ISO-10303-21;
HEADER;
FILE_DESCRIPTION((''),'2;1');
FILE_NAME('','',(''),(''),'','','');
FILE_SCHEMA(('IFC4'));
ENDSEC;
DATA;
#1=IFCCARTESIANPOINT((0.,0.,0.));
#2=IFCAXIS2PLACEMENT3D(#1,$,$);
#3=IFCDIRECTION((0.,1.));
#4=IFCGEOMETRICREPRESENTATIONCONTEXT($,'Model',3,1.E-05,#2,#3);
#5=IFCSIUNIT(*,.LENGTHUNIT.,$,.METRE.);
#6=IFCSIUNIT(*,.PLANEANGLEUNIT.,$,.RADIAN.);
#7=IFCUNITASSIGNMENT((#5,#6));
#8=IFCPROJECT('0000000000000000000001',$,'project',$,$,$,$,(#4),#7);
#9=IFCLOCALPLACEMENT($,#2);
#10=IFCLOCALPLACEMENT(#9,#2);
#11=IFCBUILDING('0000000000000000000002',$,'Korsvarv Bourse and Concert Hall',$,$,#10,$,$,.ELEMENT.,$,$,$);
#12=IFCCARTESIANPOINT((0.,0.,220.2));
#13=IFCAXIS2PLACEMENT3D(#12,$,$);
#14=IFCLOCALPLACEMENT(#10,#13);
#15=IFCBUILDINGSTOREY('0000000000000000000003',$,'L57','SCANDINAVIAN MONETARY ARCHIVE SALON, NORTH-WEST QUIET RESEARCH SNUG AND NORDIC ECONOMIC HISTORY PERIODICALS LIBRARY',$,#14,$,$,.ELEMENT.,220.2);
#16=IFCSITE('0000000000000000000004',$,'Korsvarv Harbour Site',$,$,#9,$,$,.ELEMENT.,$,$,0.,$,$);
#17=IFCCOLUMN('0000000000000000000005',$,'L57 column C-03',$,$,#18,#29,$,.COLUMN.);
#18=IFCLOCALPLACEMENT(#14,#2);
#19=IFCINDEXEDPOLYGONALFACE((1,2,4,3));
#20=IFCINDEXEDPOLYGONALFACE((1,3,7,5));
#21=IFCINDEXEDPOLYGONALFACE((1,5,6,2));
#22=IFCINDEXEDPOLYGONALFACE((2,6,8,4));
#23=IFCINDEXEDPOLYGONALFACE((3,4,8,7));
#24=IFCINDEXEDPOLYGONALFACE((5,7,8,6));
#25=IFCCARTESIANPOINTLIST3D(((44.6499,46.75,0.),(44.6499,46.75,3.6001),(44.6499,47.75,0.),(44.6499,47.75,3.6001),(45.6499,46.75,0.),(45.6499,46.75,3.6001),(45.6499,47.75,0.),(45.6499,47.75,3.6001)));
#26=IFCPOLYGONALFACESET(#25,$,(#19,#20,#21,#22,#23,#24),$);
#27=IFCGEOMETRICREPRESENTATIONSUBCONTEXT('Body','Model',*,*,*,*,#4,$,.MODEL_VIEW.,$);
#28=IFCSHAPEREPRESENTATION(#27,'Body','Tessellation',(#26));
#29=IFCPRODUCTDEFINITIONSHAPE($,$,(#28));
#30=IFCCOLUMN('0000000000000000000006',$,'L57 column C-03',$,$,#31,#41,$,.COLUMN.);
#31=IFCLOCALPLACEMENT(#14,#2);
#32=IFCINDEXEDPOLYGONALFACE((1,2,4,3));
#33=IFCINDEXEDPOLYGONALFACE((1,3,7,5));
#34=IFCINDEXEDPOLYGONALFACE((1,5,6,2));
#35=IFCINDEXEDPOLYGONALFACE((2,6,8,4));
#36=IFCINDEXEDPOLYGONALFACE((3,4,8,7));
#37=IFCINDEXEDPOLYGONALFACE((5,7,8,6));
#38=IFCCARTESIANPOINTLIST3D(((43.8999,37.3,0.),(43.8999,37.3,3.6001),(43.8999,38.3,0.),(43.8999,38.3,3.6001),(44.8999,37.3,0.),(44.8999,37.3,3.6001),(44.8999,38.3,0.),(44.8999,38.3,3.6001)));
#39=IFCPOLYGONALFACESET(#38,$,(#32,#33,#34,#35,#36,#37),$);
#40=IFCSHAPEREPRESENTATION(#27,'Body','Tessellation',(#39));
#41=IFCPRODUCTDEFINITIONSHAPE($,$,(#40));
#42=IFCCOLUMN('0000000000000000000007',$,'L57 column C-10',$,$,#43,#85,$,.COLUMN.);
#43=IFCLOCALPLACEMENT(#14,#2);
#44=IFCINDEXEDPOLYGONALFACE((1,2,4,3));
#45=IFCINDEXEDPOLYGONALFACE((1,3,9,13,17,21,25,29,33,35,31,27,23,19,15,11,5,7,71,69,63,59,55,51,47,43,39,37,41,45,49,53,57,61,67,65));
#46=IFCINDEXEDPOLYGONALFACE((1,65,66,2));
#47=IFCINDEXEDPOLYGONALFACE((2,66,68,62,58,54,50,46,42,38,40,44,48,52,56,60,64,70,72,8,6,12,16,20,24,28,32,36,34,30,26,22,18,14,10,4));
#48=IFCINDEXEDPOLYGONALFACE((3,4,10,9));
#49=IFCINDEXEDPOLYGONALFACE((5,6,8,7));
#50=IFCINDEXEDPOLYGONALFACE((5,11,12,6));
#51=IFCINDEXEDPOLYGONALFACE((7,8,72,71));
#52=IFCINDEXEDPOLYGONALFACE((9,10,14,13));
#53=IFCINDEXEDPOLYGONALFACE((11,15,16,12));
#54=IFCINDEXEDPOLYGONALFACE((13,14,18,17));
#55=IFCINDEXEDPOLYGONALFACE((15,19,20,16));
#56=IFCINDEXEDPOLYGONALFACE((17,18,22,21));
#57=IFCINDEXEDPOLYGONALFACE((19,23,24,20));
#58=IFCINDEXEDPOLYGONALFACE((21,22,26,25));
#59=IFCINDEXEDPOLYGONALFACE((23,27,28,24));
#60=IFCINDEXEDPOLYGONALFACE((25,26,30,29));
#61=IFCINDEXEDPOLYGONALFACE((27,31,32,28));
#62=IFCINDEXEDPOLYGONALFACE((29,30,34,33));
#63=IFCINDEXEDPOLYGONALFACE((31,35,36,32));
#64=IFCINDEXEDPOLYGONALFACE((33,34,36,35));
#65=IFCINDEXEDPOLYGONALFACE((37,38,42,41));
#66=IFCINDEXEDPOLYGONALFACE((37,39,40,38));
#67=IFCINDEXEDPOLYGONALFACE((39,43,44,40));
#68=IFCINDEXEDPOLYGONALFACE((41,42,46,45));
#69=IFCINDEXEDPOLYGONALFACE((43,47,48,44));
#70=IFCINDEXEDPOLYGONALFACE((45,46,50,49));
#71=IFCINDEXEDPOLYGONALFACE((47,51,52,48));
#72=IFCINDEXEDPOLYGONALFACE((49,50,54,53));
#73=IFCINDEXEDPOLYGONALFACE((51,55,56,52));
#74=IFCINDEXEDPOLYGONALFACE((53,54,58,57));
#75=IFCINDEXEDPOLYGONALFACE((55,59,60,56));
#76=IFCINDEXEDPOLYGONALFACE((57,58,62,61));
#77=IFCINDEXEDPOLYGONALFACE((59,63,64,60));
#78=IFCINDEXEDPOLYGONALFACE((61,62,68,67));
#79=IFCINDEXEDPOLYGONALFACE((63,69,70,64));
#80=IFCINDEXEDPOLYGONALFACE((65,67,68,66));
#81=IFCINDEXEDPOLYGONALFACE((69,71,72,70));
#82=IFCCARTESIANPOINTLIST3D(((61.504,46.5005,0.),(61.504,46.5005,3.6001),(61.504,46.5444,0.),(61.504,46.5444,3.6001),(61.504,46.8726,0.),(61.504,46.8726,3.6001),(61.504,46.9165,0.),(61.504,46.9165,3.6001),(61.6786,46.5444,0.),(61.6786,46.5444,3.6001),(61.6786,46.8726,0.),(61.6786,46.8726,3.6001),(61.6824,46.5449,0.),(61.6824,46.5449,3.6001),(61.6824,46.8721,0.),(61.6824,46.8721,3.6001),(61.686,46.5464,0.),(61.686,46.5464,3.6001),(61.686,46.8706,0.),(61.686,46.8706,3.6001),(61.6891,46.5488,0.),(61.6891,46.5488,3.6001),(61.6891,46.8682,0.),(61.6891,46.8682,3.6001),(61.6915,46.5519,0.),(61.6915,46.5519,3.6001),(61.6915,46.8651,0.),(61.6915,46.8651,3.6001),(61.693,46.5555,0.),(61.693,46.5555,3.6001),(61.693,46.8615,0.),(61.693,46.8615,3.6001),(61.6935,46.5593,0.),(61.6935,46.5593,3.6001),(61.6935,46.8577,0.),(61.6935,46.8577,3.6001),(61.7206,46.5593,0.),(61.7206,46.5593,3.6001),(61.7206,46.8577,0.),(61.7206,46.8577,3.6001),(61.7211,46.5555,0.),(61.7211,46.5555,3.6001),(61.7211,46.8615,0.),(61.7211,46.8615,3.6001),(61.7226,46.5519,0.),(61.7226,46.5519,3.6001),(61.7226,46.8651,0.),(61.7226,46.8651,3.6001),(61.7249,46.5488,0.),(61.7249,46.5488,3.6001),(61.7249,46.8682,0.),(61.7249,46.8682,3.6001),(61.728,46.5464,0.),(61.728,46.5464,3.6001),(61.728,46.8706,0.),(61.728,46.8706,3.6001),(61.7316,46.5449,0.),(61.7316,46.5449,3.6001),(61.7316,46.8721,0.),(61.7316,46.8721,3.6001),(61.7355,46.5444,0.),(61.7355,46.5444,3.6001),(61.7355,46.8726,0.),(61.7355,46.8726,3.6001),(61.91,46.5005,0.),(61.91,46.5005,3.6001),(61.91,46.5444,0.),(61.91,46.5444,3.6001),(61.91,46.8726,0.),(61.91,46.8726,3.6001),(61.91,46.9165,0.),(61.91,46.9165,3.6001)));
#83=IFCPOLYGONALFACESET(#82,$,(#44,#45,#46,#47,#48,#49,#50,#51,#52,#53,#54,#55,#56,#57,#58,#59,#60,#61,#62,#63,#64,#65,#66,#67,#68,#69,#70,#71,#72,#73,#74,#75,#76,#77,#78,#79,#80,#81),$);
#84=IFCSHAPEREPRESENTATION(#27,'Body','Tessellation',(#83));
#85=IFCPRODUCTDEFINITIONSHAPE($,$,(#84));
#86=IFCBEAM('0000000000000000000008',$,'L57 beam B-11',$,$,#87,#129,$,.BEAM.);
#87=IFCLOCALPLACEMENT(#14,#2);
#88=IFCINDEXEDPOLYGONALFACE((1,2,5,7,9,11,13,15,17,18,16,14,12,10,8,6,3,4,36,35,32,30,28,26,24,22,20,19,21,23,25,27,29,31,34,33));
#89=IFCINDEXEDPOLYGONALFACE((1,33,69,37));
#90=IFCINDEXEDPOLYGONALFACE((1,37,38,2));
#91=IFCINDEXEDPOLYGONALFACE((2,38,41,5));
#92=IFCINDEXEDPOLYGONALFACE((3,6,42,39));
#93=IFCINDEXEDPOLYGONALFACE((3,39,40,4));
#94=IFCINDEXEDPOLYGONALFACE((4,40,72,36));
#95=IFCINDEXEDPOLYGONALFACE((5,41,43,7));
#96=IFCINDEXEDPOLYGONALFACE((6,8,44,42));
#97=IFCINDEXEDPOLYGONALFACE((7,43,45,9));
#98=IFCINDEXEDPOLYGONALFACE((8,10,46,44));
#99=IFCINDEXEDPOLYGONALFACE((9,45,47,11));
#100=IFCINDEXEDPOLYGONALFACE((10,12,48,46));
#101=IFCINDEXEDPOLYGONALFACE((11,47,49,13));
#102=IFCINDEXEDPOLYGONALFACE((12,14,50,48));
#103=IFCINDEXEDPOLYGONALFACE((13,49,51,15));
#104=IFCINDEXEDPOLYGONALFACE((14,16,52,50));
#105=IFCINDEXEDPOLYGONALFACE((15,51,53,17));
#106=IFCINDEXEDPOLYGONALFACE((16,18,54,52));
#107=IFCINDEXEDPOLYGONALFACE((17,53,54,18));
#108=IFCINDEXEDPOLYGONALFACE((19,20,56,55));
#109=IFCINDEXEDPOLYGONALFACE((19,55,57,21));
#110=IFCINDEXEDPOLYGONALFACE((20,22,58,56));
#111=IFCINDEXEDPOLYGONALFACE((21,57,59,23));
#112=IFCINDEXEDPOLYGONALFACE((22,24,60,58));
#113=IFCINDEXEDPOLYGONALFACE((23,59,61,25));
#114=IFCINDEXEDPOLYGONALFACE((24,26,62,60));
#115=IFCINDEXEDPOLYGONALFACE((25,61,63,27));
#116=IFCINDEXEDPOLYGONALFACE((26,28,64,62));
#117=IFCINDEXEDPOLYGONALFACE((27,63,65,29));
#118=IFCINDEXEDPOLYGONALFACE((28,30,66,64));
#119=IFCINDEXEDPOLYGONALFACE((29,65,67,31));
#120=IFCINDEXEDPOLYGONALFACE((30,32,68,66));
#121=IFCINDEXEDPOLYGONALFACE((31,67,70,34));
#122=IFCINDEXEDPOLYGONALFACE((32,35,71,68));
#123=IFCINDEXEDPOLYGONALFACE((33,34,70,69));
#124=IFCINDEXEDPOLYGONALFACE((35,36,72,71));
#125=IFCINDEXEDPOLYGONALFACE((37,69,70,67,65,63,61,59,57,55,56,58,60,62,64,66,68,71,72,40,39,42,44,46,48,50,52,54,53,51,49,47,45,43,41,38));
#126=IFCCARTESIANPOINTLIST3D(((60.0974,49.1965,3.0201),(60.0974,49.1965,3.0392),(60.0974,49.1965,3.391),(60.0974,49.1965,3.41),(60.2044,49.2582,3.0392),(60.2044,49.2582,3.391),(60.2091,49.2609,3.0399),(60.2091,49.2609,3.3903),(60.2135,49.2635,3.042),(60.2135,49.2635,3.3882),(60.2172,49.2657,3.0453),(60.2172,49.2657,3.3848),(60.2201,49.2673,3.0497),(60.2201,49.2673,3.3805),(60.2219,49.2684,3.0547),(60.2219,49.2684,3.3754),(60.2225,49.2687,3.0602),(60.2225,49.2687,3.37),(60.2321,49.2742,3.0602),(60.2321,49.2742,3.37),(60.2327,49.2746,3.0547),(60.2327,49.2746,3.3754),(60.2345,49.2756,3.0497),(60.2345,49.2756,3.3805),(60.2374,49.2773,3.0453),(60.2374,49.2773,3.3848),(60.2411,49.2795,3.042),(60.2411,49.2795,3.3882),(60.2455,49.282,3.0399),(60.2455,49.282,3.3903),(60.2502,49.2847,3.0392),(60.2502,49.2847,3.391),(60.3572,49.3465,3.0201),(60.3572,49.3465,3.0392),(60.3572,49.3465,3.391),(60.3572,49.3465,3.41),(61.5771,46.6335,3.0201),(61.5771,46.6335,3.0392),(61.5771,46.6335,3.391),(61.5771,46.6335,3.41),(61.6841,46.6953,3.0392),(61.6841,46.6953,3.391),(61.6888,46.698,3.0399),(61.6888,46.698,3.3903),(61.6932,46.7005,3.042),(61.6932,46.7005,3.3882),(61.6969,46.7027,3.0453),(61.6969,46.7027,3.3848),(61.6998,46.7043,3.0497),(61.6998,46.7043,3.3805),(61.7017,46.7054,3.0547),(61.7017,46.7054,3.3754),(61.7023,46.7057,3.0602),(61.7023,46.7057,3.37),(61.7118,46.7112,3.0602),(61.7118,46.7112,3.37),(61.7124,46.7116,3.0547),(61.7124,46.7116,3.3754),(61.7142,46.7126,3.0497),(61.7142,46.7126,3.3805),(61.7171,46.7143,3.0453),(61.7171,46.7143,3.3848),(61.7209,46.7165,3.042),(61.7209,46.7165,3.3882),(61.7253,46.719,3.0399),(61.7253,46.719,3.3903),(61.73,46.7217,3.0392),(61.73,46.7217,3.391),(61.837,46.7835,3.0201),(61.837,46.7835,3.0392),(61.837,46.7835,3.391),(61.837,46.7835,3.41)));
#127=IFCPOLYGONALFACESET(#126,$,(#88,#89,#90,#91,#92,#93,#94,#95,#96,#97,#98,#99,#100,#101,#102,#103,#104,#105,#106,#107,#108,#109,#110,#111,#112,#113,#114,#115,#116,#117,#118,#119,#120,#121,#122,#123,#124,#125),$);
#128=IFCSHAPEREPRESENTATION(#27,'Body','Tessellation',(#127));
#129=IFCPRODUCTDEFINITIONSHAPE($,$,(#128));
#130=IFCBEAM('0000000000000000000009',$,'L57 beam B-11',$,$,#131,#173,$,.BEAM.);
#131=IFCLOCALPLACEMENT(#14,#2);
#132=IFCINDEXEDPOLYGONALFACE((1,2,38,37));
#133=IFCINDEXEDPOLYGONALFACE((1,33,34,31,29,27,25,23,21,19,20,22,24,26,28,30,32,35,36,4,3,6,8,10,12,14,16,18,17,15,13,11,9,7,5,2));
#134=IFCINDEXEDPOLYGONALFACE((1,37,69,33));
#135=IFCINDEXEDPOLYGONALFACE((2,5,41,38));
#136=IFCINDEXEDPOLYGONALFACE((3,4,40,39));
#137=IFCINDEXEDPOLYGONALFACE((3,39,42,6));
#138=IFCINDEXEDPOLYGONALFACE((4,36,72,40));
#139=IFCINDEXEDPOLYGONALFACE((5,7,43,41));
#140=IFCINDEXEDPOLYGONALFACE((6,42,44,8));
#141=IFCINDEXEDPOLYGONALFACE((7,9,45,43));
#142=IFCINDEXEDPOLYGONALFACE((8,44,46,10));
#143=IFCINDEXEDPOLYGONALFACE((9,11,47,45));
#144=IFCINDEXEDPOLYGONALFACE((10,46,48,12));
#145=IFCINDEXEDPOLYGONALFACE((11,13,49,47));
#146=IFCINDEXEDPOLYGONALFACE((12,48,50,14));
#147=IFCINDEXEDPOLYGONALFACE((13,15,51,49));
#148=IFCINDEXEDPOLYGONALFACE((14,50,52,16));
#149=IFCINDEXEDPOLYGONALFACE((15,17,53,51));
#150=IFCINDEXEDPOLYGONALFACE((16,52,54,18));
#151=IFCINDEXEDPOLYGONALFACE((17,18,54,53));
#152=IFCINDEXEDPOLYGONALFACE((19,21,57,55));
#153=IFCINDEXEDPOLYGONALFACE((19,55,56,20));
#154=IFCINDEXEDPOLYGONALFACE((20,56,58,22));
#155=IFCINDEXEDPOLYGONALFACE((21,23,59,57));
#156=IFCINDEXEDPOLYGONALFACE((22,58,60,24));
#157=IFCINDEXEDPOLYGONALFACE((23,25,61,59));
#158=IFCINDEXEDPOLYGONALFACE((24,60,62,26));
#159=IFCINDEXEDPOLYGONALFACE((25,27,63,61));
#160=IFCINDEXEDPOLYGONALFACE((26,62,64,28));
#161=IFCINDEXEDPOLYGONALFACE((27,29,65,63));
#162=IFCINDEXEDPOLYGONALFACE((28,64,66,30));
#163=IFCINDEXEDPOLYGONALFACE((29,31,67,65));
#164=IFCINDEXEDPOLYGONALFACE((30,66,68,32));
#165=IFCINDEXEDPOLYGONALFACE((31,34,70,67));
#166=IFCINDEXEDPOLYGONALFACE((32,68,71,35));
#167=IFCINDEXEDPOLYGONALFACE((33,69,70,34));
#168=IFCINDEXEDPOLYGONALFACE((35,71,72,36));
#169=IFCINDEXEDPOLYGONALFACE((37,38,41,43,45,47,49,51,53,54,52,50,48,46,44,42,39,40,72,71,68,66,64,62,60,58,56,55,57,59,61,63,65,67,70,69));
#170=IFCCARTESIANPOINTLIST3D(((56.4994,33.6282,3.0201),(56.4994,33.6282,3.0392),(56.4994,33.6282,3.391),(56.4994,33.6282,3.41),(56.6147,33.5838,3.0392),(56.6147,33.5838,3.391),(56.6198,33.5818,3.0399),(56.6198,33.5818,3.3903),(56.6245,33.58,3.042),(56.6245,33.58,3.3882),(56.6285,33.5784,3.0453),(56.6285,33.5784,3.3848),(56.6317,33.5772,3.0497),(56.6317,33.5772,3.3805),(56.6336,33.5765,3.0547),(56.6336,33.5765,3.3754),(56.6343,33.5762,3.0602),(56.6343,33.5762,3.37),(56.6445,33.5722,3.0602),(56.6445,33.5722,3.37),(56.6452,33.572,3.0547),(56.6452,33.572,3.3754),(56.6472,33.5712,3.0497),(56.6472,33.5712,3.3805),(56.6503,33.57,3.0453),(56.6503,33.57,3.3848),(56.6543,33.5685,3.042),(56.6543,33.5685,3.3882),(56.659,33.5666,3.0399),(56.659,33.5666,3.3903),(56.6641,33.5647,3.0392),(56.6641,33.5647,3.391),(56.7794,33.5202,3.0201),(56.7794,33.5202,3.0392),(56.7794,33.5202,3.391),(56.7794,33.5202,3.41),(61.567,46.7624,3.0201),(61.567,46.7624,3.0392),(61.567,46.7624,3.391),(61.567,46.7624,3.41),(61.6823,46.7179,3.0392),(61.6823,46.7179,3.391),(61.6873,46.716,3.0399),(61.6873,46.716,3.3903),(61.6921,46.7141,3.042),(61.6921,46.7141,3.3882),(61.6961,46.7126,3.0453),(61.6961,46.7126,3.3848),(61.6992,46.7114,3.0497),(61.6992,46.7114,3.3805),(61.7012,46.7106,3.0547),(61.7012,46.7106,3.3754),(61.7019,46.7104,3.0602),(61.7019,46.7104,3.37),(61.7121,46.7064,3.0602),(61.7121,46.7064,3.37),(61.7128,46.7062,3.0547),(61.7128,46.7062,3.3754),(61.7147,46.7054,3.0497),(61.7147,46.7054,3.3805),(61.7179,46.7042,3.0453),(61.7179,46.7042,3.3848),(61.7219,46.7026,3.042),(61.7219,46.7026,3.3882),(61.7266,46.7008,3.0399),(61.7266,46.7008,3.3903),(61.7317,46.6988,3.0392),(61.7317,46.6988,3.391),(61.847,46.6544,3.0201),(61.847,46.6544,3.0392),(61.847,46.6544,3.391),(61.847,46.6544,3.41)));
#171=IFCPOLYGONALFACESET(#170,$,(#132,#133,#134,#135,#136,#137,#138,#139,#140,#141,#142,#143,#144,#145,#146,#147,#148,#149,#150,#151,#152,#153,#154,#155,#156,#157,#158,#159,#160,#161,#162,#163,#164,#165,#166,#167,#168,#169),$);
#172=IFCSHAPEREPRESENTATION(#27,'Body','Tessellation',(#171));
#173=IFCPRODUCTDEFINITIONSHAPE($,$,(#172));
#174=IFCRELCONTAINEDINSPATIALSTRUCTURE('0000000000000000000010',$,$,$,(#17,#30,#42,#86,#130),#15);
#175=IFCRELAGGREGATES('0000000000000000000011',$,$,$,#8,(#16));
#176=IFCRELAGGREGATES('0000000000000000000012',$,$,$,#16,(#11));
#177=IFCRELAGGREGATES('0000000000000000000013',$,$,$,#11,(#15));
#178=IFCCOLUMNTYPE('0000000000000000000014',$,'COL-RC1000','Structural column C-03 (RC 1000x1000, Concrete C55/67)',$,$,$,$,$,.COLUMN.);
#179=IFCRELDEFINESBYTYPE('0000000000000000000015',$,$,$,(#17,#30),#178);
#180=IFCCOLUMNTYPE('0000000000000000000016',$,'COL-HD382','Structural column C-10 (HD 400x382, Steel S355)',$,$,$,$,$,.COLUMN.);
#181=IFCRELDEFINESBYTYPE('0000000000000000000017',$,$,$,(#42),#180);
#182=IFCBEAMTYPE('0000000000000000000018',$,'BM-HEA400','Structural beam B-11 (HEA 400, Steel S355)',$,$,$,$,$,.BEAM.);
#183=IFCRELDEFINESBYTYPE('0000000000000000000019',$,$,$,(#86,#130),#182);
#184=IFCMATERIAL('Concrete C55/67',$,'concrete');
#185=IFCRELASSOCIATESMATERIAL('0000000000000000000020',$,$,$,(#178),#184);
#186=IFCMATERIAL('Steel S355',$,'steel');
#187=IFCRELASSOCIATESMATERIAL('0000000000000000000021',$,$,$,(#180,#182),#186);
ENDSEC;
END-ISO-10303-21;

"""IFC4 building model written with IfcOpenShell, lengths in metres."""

from ifc_helpers import new_model, si_unit, direction, frame, origin, origin_2d, place, context, subcontext, project, spatial, rectangle, i_section, extrude, source, transform, mapped, material, material_profile, profile_set, type_object, element, save


model = new_model("IFC4")

# Units and contexts
model_context = context("Model", 3, precision=1e-05, world=origin(), true_north=direction((0.0, 1.0)))
body_context = subcontext(model_context, "Body", "Model", "MODEL_VIEW")
ifc_project = project(units=[si_unit("LENGTHUNIT", "METRE"), si_unit("PLANEANGLEUNIT", "RADIAN")], contexts=[model_context])

# Site, building, storey
site_placement = place(None, origin())
site = spatial("IfcSite", under=ifc_project, at=site_placement, Name="Korsvarv Harbour Site", CompositionType="ELEMENT", RefElevation=0.0)
building_placement = place(site_placement, origin())
building = spatial("IfcBuilding", under=site, at=building_placement, Name="Korsvarv Bourse and Concert Hall", CompositionType="ELEMENT")
storey_placement = place(building_placement, frame((0.0, 0.0, 220.2)))
storey = spatial("IfcBuildingStorey", under=building, at=storey_placement, Name="L57", Description="SCANDINAVIAN MONETARY ARCHIVE SALON, NORTH-WEST QUIET RESEARCH SNUG AND NORDIC ECONOMIC HISTORY PERIODICALS LIBRARY", CompositionType="ELEMENT", Elevation=220.2)

# Columns
ifc_material_1 = material(Name="Concrete C55/67", Category="concrete")
ifc_material_profile_1 = material_profile(ifc_material_1, rectangle(XDim=1.0, YDim=1.0, at=origin_2d()), Name="RC 1000x1000")
ifc_profile_set_1 = profile_set([ifc_material_profile_1], Name="Concrete C55/67")
column_type_1 = type_object("IfcColumnType", Name="COL-RC1000", Description="Structural column C-03 (RC 1000x1000, Concrete C55/67)", PredefinedType="COLUMN", material=ifc_profile_set_1)
shared_shape_1 = source(origin(), body_context, "Body", "SweptSolid", [
    extrude(rectangle(XDim=1.0, YDim=1.0, at=origin_2d()), origin(), (0.0, 0.0, 1.0), 3.6001),
])
for number, where, z_axis, x_axis, name in (
    (1, (45.1499, 47.25, 0.0), (0.0, 0.0, 1.0), (1.0, 0.0, 0.0), "L57 column C-03"),
    (2, (44.3999, 37.8, 0.0), (0.0, 0.0, 1.0), (1.0, 0.0, 0.0), "L57 column C-03"),
):
    element("IfcColumn", number, at=place(storey_placement, frame(where, z_axis=z_axis, x_axis=x_axis)), inside=storey, type_object=column_type_1, Name=name, PredefinedType="COLUMN", context=body_context, shape_type="MappedRepresentation", body=[
        mapped(shared_shape_1, transform((0.0, 0.0, 0.0), scale=1.0)),
    ])
ifc_material_2 = material(Name="Steel S355", Category="steel")
ifc_material_profile_2 = material_profile(ifc_material_2, i_section(OverallWidth=0.406, OverallDepth=0.416, WebThickness=0.0271, FlangeThickness=0.0439, FilletRadius=0.0149, at=origin_2d()), Name="HD 400x382")
ifc_profile_set_2 = profile_set([ifc_material_profile_2], Name="Steel S355")
column_type_2 = type_object("IfcColumnType", Name="COL-HD382", Description="Structural column C-10 (HD 400x382, Steel S355)", PredefinedType="COLUMN", material=ifc_profile_set_2)
shared_shape_2 = source(origin(), body_context, "Body", "SweptSolid", [
    extrude(i_section(OverallWidth=0.406, OverallDepth=0.416, WebThickness=0.0271, FlangeThickness=0.0439, FilletRadius=0.0149, at=origin_2d()), origin(), (0.0, 0.0, 1.0), 3.6001),
])
column_placement = place(storey_placement, frame((61.707, 46.7085, 0.0), z_axis=(0.0, 0.0, 1.0), x_axis=(1.0, 0.0, 0.0)))
element("IfcColumn", 3, at=column_placement, inside=storey, type_object=column_type_2, Name="L57 column C-10", PredefinedType="COLUMN", context=body_context, shape_type="MappedRepresentation", body=[
    mapped(shared_shape_2, transform((0.0, 0.0, 0.0), scale=1.0)),
])

# Beams
ifc_material_profile_3 = material_profile(ifc_material_2, i_section(OverallWidth=0.3, OverallDepth=0.3899, WebThickness=0.011, FlangeThickness=0.019, FilletRadius=0.021, at=origin_2d()), Name="HEA 400")
ifc_profile_set_3 = profile_set([ifc_material_profile_3], Name="Steel S355")
beam_type_1 = type_object("IfcBeamType", Name="BM-HEA400", Description="Structural beam B-11 (HEA 400, Steel S355)", PredefinedType="BEAM", material=ifc_profile_set_3)
shared_shape_3 = source(origin(), body_context, "Body", "SweptSolid", [
    extrude(i_section(OverallWidth=0.3, OverallDepth=0.3899, WebThickness=0.011, FlangeThickness=0.019, FilletRadius=0.021, at=origin_2d()), origin(), (0.0, 0.0, 1.0), 2.9595),
])
beam_1_placement = place(storey_placement, frame((61.707, 46.7085, 3.2151), z_axis=(-0.499999, 0.866026, 0.0), x_axis=(-0.866026, -0.499999, 0.0)))
element("IfcBeam", 4, at=beam_1_placement, inside=storey, type_object=beam_type_1, Name="L57 beam B-11", PredefinedType="BEAM", context=body_context, shape_type="MappedRepresentation", body=[
    mapped(shared_shape_3, transform((0.0, 0.0, 0.0), scale=1.0)),
])
shared_shape_4 = source(origin(), body_context, "Body", "SweptSolid", [
    extrude(i_section(OverallWidth=0.3, OverallDepth=0.3899, WebThickness=0.011, FlangeThickness=0.019, FilletRadius=0.021, at=origin_2d()), origin(), (0.0, 0.0, 1.0), 14.0779),
])
beam_2_placement = place(storey_placement, frame((56.6394, 33.5742, 3.2151), z_axis=(0.359968, 0.932965, 0.0), x_axis=(-0.932965, 0.359968, 0.0)))
element("IfcBeam", 5, at=beam_2_placement, inside=storey, type_object=beam_type_1, Name="L57 beam B-11", PredefinedType="BEAM", context=body_context, shape_type="MappedRepresentation", body=[
    mapped(shared_shape_4, transform((0.0, 0.0, 0.0), scale=1.0)),
])

save(model, "model.ifc")
